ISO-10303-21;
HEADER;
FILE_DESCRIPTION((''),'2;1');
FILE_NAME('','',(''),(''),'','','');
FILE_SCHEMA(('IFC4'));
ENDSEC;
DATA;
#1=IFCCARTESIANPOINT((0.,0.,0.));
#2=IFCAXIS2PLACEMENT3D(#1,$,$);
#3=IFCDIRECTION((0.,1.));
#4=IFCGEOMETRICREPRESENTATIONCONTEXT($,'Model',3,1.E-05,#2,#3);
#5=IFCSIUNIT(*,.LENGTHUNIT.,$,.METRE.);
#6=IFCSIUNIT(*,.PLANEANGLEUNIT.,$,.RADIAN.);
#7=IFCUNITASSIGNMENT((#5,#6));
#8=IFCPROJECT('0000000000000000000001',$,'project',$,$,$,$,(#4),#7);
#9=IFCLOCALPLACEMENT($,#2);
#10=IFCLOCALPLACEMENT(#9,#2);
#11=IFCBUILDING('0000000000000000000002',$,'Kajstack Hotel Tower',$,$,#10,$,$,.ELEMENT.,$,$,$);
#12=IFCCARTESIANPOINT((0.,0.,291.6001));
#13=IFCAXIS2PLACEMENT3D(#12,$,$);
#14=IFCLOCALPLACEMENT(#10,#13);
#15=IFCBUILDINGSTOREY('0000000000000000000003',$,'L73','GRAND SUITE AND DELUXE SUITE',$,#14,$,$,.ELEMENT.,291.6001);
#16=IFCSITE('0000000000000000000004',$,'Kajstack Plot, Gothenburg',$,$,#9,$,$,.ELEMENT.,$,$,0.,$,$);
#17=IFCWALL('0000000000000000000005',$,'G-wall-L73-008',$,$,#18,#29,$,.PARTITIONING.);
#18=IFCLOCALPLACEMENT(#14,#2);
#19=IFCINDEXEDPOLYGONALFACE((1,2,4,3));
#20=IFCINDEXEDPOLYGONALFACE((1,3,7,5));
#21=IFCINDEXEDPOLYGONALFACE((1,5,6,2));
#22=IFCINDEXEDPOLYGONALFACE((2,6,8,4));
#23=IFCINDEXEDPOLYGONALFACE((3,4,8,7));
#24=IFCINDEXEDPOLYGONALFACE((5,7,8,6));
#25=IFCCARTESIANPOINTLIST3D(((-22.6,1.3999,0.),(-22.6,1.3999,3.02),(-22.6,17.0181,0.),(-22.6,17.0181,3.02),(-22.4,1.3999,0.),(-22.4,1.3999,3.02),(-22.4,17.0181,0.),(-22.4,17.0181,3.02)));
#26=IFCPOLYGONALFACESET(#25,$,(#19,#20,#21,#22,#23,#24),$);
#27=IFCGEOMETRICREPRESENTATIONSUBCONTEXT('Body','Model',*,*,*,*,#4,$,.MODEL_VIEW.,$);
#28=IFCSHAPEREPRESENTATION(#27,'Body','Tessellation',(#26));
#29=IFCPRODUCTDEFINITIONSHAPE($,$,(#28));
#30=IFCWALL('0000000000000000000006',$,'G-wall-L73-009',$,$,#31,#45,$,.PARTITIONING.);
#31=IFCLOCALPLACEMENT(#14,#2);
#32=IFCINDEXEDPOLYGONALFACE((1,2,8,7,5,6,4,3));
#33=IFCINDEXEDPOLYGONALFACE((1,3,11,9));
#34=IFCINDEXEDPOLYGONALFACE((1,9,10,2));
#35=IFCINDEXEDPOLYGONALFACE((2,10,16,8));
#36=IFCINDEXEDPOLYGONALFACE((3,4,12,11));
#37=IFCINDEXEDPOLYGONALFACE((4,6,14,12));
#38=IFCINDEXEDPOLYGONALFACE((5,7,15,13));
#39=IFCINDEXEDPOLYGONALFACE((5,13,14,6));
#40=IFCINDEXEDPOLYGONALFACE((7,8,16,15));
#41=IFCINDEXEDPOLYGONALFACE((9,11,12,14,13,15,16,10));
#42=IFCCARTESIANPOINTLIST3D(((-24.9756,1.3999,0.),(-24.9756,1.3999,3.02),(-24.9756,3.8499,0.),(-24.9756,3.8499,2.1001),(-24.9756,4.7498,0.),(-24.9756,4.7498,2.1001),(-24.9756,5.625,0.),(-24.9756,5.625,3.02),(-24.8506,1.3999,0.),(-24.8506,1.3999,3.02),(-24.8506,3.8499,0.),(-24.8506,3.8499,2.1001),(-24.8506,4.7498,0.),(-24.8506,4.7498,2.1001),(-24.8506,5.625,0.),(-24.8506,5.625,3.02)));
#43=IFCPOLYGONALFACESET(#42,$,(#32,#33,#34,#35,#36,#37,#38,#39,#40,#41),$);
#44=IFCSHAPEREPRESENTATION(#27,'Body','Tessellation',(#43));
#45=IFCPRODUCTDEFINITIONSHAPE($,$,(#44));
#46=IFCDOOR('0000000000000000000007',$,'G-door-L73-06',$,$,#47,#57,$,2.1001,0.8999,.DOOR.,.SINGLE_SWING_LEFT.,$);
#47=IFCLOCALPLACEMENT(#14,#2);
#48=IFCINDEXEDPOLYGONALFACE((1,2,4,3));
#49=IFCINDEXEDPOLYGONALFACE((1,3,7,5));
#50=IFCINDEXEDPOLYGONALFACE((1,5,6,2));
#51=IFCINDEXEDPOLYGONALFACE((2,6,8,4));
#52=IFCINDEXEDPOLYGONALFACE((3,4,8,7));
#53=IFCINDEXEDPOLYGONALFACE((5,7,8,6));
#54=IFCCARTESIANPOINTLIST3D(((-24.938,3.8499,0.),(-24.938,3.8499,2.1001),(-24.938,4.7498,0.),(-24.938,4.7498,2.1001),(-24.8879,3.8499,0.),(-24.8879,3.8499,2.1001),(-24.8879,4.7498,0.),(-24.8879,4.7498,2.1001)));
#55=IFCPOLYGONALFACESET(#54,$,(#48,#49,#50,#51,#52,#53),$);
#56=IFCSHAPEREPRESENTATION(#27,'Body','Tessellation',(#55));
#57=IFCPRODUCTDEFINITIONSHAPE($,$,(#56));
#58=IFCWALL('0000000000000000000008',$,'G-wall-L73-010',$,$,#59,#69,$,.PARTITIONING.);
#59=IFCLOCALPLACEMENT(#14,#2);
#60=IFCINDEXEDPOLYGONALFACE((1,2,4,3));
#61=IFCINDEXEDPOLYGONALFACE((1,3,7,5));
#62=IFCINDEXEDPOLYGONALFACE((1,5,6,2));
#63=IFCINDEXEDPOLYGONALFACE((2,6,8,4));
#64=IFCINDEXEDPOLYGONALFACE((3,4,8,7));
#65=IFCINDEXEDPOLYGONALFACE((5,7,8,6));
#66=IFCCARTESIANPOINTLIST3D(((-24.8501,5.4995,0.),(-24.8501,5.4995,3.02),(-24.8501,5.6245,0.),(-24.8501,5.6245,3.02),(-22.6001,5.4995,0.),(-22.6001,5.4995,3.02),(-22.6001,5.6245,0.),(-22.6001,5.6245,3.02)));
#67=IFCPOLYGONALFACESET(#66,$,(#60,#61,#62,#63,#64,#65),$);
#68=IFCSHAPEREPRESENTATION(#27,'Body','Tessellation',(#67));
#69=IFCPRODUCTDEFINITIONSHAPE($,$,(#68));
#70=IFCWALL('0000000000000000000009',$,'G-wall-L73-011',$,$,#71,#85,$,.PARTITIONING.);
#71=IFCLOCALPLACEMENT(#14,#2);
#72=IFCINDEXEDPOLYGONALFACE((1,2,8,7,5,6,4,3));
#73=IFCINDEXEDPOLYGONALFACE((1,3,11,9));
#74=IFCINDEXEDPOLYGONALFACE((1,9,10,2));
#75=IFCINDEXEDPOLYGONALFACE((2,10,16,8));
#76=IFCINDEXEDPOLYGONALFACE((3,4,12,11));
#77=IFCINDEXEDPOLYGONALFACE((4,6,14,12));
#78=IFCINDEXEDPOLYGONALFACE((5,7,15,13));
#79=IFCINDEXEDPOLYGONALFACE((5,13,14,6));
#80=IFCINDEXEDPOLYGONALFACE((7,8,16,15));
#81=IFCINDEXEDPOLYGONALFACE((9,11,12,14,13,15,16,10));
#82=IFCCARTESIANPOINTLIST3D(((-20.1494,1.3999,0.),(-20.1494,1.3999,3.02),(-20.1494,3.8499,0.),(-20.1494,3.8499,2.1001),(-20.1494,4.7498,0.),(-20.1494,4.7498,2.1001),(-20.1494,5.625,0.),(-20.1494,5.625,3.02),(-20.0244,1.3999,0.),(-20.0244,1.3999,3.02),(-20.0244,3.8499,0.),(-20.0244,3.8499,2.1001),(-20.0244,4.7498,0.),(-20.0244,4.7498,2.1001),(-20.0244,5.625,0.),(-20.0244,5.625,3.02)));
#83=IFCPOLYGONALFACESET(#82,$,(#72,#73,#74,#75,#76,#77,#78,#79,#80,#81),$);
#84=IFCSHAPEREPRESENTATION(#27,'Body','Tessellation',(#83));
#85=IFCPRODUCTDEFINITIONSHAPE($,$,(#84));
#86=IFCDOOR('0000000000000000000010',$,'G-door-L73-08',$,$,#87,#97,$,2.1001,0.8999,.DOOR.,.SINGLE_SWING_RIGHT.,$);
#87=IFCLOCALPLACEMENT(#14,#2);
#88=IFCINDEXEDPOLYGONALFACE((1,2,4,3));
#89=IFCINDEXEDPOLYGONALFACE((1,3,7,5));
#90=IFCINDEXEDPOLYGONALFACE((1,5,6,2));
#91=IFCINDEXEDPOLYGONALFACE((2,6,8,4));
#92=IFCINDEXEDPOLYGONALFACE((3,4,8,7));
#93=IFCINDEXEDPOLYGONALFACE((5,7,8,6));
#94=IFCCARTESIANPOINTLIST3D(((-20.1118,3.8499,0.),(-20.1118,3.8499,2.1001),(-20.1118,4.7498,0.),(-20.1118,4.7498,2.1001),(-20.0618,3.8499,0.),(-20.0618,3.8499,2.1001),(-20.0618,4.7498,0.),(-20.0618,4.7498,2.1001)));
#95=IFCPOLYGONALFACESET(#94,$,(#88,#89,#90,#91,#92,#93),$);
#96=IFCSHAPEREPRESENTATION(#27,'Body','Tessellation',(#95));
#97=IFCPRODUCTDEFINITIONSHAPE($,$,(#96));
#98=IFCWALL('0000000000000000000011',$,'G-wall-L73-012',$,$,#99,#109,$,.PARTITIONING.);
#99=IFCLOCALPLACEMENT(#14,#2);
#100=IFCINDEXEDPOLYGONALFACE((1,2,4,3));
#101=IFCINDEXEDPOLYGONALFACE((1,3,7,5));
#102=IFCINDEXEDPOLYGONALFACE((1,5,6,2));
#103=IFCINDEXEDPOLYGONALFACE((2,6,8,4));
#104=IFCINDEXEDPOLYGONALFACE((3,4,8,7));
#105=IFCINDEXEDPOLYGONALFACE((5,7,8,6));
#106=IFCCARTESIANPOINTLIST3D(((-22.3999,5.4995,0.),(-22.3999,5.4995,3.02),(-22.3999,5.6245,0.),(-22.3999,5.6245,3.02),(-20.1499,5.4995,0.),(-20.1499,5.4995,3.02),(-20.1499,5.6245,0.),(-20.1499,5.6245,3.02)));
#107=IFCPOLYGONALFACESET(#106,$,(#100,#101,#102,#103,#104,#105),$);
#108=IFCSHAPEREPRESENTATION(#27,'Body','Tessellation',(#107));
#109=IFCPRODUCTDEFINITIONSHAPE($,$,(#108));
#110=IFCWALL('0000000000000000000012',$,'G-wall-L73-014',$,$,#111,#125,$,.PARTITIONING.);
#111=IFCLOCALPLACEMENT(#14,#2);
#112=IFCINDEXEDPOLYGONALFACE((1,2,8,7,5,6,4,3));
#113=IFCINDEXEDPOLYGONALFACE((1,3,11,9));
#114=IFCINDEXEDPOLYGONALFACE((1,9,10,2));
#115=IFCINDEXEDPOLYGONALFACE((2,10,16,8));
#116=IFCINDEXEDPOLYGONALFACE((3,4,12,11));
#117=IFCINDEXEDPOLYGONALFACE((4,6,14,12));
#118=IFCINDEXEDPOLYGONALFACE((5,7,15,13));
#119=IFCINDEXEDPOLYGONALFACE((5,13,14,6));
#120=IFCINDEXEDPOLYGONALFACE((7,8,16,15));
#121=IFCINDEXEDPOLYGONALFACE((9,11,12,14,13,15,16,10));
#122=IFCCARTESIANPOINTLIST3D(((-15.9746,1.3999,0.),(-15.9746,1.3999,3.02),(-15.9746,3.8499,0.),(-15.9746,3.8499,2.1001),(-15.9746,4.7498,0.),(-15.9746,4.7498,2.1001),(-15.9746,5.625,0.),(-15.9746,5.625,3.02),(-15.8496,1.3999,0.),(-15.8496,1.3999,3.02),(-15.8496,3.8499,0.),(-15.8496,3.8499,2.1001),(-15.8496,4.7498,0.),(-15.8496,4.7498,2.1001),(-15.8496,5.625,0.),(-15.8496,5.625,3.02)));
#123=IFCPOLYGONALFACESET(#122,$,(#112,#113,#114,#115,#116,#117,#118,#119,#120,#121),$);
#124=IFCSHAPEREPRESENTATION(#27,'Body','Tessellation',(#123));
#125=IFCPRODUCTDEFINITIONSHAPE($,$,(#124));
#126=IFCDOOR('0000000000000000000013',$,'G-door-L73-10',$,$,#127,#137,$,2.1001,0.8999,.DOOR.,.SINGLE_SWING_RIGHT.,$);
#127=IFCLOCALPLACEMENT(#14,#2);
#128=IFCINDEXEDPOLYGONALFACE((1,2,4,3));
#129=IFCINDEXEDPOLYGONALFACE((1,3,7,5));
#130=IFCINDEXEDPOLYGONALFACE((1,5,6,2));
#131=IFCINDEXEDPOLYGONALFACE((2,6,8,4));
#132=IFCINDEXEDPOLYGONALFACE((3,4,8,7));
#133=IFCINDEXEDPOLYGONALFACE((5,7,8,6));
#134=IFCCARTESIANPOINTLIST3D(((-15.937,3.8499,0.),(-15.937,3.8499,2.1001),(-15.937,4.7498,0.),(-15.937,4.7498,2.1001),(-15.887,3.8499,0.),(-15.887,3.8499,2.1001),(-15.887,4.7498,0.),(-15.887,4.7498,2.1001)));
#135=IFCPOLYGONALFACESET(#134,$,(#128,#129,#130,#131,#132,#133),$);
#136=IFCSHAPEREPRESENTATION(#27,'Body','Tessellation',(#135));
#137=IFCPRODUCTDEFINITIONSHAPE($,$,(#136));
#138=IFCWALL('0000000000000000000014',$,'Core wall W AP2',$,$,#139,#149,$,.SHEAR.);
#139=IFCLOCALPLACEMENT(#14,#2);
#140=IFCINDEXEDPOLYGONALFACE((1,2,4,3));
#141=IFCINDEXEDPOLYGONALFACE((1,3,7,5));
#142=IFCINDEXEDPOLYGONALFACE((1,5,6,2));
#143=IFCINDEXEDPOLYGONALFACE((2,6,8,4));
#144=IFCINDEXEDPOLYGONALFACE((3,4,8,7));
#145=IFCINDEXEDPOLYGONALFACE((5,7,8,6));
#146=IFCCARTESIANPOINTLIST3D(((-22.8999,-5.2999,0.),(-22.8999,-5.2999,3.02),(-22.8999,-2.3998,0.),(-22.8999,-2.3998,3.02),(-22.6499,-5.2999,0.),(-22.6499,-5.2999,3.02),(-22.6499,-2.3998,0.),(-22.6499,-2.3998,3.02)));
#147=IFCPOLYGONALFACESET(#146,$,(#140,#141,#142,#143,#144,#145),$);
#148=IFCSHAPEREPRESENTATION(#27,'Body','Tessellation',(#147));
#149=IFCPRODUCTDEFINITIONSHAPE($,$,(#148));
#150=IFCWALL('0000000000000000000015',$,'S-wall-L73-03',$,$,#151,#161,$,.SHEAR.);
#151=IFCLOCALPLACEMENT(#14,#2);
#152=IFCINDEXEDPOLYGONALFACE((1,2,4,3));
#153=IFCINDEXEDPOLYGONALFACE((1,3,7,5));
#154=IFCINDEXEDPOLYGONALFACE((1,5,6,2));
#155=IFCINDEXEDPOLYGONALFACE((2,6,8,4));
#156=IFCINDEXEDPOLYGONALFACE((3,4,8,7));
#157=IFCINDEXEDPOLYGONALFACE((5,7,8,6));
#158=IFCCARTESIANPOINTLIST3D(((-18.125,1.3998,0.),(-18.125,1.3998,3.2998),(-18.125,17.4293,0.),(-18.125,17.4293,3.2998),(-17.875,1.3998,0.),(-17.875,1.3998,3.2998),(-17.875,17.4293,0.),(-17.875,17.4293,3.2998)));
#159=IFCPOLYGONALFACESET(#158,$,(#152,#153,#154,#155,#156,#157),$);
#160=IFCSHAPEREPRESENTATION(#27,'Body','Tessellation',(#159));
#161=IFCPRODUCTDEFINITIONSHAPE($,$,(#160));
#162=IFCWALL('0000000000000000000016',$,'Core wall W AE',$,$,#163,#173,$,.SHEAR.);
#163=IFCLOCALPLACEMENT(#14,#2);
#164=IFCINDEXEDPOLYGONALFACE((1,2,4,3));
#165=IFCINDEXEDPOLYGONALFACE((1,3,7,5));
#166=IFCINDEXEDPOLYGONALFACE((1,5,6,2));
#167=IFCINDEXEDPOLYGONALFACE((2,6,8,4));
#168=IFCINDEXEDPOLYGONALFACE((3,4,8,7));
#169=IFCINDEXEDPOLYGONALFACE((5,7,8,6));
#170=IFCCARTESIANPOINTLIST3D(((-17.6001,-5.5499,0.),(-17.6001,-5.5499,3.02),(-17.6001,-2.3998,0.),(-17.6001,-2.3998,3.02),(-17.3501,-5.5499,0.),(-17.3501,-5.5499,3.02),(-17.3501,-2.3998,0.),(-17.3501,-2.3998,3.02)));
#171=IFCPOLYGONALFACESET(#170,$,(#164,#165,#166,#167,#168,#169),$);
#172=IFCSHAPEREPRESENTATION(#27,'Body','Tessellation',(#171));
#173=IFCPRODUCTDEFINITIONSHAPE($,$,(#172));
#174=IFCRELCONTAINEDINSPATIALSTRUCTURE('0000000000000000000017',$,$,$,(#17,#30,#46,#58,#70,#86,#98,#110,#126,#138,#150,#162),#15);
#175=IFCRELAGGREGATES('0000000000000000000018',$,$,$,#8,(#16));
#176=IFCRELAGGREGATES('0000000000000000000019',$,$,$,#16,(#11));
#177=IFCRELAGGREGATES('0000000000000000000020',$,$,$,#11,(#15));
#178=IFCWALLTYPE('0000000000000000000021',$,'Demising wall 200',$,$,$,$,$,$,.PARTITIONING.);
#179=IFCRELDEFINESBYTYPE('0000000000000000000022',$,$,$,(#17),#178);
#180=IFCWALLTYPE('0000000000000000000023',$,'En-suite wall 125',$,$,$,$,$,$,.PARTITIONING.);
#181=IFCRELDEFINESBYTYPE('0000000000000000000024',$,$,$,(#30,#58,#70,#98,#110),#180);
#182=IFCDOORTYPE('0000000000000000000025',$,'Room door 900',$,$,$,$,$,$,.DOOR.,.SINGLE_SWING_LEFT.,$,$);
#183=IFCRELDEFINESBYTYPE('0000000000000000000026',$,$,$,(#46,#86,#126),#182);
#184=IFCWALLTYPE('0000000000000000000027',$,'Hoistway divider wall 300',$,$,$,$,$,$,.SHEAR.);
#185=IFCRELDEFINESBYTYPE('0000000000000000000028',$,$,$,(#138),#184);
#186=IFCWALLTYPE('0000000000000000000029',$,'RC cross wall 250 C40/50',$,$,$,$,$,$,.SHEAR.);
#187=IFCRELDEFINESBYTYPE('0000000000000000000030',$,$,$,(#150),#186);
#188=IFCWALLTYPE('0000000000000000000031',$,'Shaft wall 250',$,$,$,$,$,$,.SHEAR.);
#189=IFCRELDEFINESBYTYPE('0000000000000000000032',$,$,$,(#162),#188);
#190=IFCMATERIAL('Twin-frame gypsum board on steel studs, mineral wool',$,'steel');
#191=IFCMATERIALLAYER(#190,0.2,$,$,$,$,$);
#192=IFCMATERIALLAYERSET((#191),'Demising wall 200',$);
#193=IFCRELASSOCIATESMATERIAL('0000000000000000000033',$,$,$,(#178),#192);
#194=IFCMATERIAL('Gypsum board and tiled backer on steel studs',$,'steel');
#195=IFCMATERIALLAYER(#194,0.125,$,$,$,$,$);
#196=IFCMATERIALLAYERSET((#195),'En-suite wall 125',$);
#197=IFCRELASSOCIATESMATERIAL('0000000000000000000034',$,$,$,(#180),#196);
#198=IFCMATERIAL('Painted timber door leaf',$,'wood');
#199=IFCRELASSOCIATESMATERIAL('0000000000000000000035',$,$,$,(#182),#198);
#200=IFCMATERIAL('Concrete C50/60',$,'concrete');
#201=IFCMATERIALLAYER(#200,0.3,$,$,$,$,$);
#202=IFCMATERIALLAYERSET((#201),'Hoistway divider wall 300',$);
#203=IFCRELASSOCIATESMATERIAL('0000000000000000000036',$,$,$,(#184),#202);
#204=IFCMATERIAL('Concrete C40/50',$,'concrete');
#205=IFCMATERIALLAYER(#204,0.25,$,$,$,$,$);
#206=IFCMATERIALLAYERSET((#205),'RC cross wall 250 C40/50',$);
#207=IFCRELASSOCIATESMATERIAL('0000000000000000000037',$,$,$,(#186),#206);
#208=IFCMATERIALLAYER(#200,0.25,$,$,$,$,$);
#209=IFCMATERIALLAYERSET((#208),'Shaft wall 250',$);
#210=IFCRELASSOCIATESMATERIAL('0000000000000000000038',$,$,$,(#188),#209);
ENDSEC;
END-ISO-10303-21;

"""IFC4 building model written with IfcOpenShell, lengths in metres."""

from ifc_helpers import new_model, si_unit, direction, frame, frame_2d, origin, place, context, subcontext, project, spatial, rectangle, extrude, material, layer, layer_set, type_object, element, fill, save


model = new_model("IFC4")

# Units and contexts
model_context = context("Model", 3, precision=1e-05, world=origin(), true_north=direction((0.0, 1.0)))
body_context = subcontext(model_context, "Body", "Model", "MODEL_VIEW")
ifc_project = project(units=[si_unit("LENGTHUNIT", "METRE"), si_unit("PLANEANGLEUNIT", "RADIAN")], contexts=[model_context])

# Site, building, storey
site_placement = place(None, origin())
site = spatial("IfcSite", under=ifc_project, at=site_placement, Name="Kajstack Plot, Gothenburg", CompositionType="ELEMENT", RefElevation=0.0)
building_placement = place(site_placement, origin())
building = spatial("IfcBuilding", under=site, at=building_placement, Name="Kajstack Hotel Tower", CompositionType="ELEMENT")
storey_placement = place(building_placement, frame((0.0, 0.0, 291.6001)))
storey = spatial("IfcBuildingStorey", under=building, at=storey_placement, Name="L73", Description="GRAND SUITE AND DELUXE SUITE", CompositionType="ELEMENT", Elevation=291.6001)

# Wall
ifc_material_1 = material(Name="Twin-frame gypsum board on steel studs, mineral wool", Category="steel")
ifc_layer_1 = layer(ifc_material_1, 0.2)
ifc_layer_set_1 = layer_set([ifc_layer_1], Name="Demising wall 200")
wall_type_1 = type_object("IfcWallType", Name="Demising wall 200", PredefinedType="PARTITIONING", material=ifc_layer_set_1)
wall_1_placement = place(storey_placement, frame((-22.5, 1.3999, 0.0), z_axis=(0.0, 0.0, 1.0), x_axis=(0.0, 1.0, 0.0)))
element("IfcWall", 1, at=wall_1_placement, inside=storey, type_object=wall_type_1, Name="G-wall-L73-008", PredefinedType="PARTITIONING", context=body_context, shape_type="SweptSolid", body=[
    extrude(rectangle(XDim=15.6182, YDim=0.2, at=frame_2d((7.8091, 0.0))), origin(), (0.0, 0.0, 1.0), 3.02),
])

# Wall, opening, door
ifc_material_2 = material(Name="Gypsum board and tiled backer on steel studs", Category="steel")
ifc_layer_2 = layer(ifc_material_2, 0.125)
ifc_layer_set_2 = layer_set([ifc_layer_2], Name="En-suite wall 125")
wall_type_2 = type_object("IfcWallType", Name="En-suite wall 125", PredefinedType="PARTITIONING", material=ifc_layer_set_2)
wall_2_placement = place(storey_placement, frame((-24.9131, 1.3999, 0.0), z_axis=(0.0, 0.0, 1.0), x_axis=(0.0, 1.0, 0.0)))
wall_2 = element("IfcWall", 2, at=wall_2_placement, inside=storey, type_object=wall_type_2, Name="G-wall-L73-009", PredefinedType="PARTITIONING", context=body_context, shape_type="SweptSolid", body=[
    extrude(rectangle(XDim=4.2251, YDim=0.125, at=frame_2d((2.1125, 0.0))), origin(), (0.0, 0.0, 1.0), 3.02),
])
opening_1_placement = place(wall_2_placement, frame((2.45, 0.0, 0.0)))
opening_1 = element("IfcOpeningElement", 3, at=opening_1_placement, cuts=wall_2, PredefinedType="OPENING", context=body_context, shape_type="SweptSolid", body=[
    extrude(rectangle(XDim=0.8999, YDim=2.1001, at=frame_2d((0.45, 1.05))), frame((0.0, 0.0725, 0.0), z_axis=(0.0, -1.0, 0.0), x_axis=(1.0, 0.0, 0.0)), (0.0, 0.0, 1.0), 0.145),
])
ifc_material_3 = material(Name="Painted timber door leaf", Category="wood")
door_type = type_object("IfcDoorType", Name="Room door 900", OperationType="SINGLE_SWING_LEFT", PredefinedType="DOOR", material=ifc_material_3)
door_1_placement = place(opening_1_placement, origin())
door_1 = element("IfcDoor", 4, at=door_1_placement, inside=storey, type_object=door_type, Name="G-door-L73-06", OperationType="SINGLE_SWING_LEFT", OverallHeight=2.1001, OverallWidth=0.8999, PredefinedType="DOOR", context=body_context, shape_type="SweptSolid", body=[
    extrude(rectangle(XDim=0.8999, YDim=2.1001, at=frame_2d((0.45, 1.05))), frame((0.0, 0.0249, 0.0), z_axis=(0.0, -1.0, 0.0), x_axis=(1.0, 0.0, 0.0)), (0.0, 0.0, 1.0), 0.05),
])
fill(opening_1, door_1)

# Wall
wall_3_placement = place(storey_placement, frame((-24.8501, 5.562, 0.0), z_axis=(0.0, 0.0, 1.0), x_axis=(1.0, 0.0, 0.0)))
element("IfcWall", 5, at=wall_3_placement, inside=storey, type_object=wall_type_2, Name="G-wall-L73-010", PredefinedType="PARTITIONING", context=body_context, shape_type="SweptSolid", body=[
    extrude(rectangle(XDim=2.25, YDim=0.125, at=frame_2d((1.125, 0.0))), origin(), (0.0, 0.0, 1.0), 3.02),
])

# Wall, opening, door
wall_4_placement = place(storey_placement, frame((-20.0869, 1.3999, 0.0), z_axis=(0.0, 0.0, 1.0), x_axis=(0.0, 1.0, 0.0)))
wall_4 = element("IfcWall", 6, at=wall_4_placement, inside=storey, type_object=wall_type_2, Name="G-wall-L73-011", PredefinedType="PARTITIONING", context=body_context, shape_type="SweptSolid", body=[
    extrude(rectangle(XDim=4.2251, YDim=0.125, at=frame_2d((2.1125, 0.0))), origin(), (0.0, 0.0, 1.0), 3.02),
])
opening_2_placement = place(wall_4_placement, frame((2.45, 0.0, 0.0)))
opening_2 = element("IfcOpeningElement", 7, at=opening_2_placement, cuts=wall_4, PredefinedType="OPENING", context=body_context, shape_type="SweptSolid", body=[
    extrude(rectangle(XDim=0.8999, YDim=2.1001, at=frame_2d((0.45, 1.05))), frame((0.0, 0.0725, 0.0), z_axis=(0.0, -1.0, 0.0), x_axis=(1.0, 0.0, 0.0)), (0.0, 0.0, 1.0), 0.145),
])
door_2_placement = place(opening_2_placement, origin())
door_2 = element("IfcDoor", 8, at=door_2_placement, inside=storey, type_object=door_type, Name="G-door-L73-08", OperationType="SINGLE_SWING_RIGHT", OverallHeight=2.1001, OverallWidth=0.8999, PredefinedType="DOOR", context=body_context, shape_type="SweptSolid", body=[
    extrude(rectangle(XDim=0.8999, YDim=2.1001, at=frame_2d((0.45, 1.05))), frame((0.0, 0.0249, 0.0), z_axis=(0.0, -1.0, 0.0), x_axis=(1.0, 0.0, 0.0)), (0.0, 0.0, 1.0), 0.05),
])
fill(opening_2, door_2)

# Wall
wall_5_placement = place(storey_placement, frame((-22.3999, 5.562, 0.0), z_axis=(0.0, 0.0, 1.0), x_axis=(1.0, 0.0, 0.0)))
element("IfcWall", 9, at=wall_5_placement, inside=storey, type_object=wall_type_2, Name="G-wall-L73-012", PredefinedType="PARTITIONING", context=body_context, shape_type="SweptSolid", body=[
    extrude(rectangle(XDim=2.25, YDim=0.125, at=frame_2d((1.125, 0.0))), origin(), (0.0, 0.0, 1.0), 3.02),
])

# Wall, opening, door
wall_6_placement = place(storey_placement, frame((-15.9121, 1.3999, 0.0), z_axis=(0.0, 0.0, 1.0), x_axis=(0.0, 1.0, 0.0)))
wall_6 = element("IfcWall", 10, at=wall_6_placement, inside=storey, type_object=wall_type_2, Name="G-wall-L73-014", PredefinedType="PARTITIONING", context=body_context, shape_type="SweptSolid", body=[
    extrude(rectangle(XDim=4.2251, YDim=0.125, at=frame_2d((2.1125, 0.0))), origin(), (0.0, 0.0, 1.0), 3.02),
])
opening_3_placement = place(wall_6_placement, frame((2.45, 0.0, 0.0)))
opening_3 = element("IfcOpeningElement", 11, at=opening_3_placement, cuts=wall_6, PredefinedType="OPENING", context=body_context, shape_type="SweptSolid", body=[
    extrude(rectangle(XDim=0.8999, YDim=2.1001, at=frame_2d((0.45, 1.05))), frame((0.0, 0.0725, 0.0), z_axis=(0.0, -1.0, 0.0), x_axis=(1.0, 0.0, 0.0)), (0.0, 0.0, 1.0), 0.145),
])
door_3_placement = place(opening_3_placement, origin())
door_3 = element("IfcDoor", 12, at=door_3_placement, inside=storey, type_object=door_type, Name="G-door-L73-10", OperationType="SINGLE_SWING_RIGHT", OverallHeight=2.1001, OverallWidth=0.8999, PredefinedType="DOOR", context=body_context, shape_type="SweptSolid", body=[
    extrude(rectangle(XDim=0.8999, YDim=2.1001, at=frame_2d((0.45, 1.05))), frame((0.0, 0.0249, 0.0), z_axis=(0.0, -1.0, 0.0), x_axis=(1.0, 0.0, 0.0)), (0.0, 0.0, 1.0), 0.05),
])
fill(opening_3, door_3)

# Walls
ifc_material_4 = material(Name="Concrete C50/60", Category="concrete")
ifc_layer_3 = layer(ifc_material_4, 0.3)
ifc_layer_set_3 = layer_set([ifc_layer_3], Name="Hoistway divider wall 300")
wall_type_3 = type_object("IfcWallType", Name="Hoistway divider wall 300", PredefinedType="SHEAR", material=ifc_layer_set_3)
wall_7_placement = place(storey_placement, frame((-22.7749, -5.3, 0.0), z_axis=(0.0, 0.0, 1.0), x_axis=(0.0, 1.0, 0.0)))
element("IfcWall", 13, at=wall_7_placement, inside=storey, type_object=wall_type_3, Name="Core wall W AP2", PredefinedType="SHEAR", context=body_context, shape_type="SweptSolid", body=[
    extrude(rectangle(XDim=2.9001, YDim=0.25, at=frame_2d((1.4502, 0.0))), origin(), (0.0, 0.0, 1.0), 3.02),
])
ifc_material_5 = material(Name="Concrete C40/50", Category="concrete")
ifc_layer_4 = layer(ifc_material_5, 0.25)
ifc_layer_set_4 = layer_set([ifc_layer_4], Name="RC cross wall 250 C40/50")
wall_type_4 = type_object("IfcWallType", Name="RC cross wall 250 C40/50", PredefinedType="SHEAR", material=ifc_layer_set_4)
wall_8_placement = place(storey_placement, frame((-18.0, 1.3999, 0.0), z_axis=(0.0, 0.0, 1.0), x_axis=(0.0, 1.0, 0.0)))
element("IfcWall", 14, at=wall_8_placement, inside=storey, type_object=wall_type_4, Name="S-wall-L73-03", PredefinedType="SHEAR", context=body_context, shape_type="SweptSolid", body=[
    extrude(rectangle(XDim=16.0295, YDim=0.25, at=frame_2d((8.0146, 0.0))), origin(), (0.0, 0.0, 1.0), 3.2998),
])
ifc_layer_5 = layer(ifc_material_4, 0.25)
ifc_layer_set_5 = layer_set([ifc_layer_5], Name="Shaft wall 250")
wall_type_5 = type_object("IfcWallType", Name="Shaft wall 250", PredefinedType="SHEAR", material=ifc_layer_set_5)
wall_9_placement = place(storey_placement, frame((-17.4751, -5.55, 0.0), z_axis=(0.0, 0.0, 1.0), x_axis=(0.0, 1.0, 0.0)))
element("IfcWall", 15, at=wall_9_placement, inside=storey, type_object=wall_type_5, Name="Core wall W AE", PredefinedType="SHEAR", context=body_context, shape_type="SweptSolid", body=[
    extrude(rectangle(XDim=3.1501, YDim=0.25, at=frame_2d((1.5752, 0.0))), origin(), (0.0, 0.0, 1.0), 3.02),
])

save(model, "model.ifc")
